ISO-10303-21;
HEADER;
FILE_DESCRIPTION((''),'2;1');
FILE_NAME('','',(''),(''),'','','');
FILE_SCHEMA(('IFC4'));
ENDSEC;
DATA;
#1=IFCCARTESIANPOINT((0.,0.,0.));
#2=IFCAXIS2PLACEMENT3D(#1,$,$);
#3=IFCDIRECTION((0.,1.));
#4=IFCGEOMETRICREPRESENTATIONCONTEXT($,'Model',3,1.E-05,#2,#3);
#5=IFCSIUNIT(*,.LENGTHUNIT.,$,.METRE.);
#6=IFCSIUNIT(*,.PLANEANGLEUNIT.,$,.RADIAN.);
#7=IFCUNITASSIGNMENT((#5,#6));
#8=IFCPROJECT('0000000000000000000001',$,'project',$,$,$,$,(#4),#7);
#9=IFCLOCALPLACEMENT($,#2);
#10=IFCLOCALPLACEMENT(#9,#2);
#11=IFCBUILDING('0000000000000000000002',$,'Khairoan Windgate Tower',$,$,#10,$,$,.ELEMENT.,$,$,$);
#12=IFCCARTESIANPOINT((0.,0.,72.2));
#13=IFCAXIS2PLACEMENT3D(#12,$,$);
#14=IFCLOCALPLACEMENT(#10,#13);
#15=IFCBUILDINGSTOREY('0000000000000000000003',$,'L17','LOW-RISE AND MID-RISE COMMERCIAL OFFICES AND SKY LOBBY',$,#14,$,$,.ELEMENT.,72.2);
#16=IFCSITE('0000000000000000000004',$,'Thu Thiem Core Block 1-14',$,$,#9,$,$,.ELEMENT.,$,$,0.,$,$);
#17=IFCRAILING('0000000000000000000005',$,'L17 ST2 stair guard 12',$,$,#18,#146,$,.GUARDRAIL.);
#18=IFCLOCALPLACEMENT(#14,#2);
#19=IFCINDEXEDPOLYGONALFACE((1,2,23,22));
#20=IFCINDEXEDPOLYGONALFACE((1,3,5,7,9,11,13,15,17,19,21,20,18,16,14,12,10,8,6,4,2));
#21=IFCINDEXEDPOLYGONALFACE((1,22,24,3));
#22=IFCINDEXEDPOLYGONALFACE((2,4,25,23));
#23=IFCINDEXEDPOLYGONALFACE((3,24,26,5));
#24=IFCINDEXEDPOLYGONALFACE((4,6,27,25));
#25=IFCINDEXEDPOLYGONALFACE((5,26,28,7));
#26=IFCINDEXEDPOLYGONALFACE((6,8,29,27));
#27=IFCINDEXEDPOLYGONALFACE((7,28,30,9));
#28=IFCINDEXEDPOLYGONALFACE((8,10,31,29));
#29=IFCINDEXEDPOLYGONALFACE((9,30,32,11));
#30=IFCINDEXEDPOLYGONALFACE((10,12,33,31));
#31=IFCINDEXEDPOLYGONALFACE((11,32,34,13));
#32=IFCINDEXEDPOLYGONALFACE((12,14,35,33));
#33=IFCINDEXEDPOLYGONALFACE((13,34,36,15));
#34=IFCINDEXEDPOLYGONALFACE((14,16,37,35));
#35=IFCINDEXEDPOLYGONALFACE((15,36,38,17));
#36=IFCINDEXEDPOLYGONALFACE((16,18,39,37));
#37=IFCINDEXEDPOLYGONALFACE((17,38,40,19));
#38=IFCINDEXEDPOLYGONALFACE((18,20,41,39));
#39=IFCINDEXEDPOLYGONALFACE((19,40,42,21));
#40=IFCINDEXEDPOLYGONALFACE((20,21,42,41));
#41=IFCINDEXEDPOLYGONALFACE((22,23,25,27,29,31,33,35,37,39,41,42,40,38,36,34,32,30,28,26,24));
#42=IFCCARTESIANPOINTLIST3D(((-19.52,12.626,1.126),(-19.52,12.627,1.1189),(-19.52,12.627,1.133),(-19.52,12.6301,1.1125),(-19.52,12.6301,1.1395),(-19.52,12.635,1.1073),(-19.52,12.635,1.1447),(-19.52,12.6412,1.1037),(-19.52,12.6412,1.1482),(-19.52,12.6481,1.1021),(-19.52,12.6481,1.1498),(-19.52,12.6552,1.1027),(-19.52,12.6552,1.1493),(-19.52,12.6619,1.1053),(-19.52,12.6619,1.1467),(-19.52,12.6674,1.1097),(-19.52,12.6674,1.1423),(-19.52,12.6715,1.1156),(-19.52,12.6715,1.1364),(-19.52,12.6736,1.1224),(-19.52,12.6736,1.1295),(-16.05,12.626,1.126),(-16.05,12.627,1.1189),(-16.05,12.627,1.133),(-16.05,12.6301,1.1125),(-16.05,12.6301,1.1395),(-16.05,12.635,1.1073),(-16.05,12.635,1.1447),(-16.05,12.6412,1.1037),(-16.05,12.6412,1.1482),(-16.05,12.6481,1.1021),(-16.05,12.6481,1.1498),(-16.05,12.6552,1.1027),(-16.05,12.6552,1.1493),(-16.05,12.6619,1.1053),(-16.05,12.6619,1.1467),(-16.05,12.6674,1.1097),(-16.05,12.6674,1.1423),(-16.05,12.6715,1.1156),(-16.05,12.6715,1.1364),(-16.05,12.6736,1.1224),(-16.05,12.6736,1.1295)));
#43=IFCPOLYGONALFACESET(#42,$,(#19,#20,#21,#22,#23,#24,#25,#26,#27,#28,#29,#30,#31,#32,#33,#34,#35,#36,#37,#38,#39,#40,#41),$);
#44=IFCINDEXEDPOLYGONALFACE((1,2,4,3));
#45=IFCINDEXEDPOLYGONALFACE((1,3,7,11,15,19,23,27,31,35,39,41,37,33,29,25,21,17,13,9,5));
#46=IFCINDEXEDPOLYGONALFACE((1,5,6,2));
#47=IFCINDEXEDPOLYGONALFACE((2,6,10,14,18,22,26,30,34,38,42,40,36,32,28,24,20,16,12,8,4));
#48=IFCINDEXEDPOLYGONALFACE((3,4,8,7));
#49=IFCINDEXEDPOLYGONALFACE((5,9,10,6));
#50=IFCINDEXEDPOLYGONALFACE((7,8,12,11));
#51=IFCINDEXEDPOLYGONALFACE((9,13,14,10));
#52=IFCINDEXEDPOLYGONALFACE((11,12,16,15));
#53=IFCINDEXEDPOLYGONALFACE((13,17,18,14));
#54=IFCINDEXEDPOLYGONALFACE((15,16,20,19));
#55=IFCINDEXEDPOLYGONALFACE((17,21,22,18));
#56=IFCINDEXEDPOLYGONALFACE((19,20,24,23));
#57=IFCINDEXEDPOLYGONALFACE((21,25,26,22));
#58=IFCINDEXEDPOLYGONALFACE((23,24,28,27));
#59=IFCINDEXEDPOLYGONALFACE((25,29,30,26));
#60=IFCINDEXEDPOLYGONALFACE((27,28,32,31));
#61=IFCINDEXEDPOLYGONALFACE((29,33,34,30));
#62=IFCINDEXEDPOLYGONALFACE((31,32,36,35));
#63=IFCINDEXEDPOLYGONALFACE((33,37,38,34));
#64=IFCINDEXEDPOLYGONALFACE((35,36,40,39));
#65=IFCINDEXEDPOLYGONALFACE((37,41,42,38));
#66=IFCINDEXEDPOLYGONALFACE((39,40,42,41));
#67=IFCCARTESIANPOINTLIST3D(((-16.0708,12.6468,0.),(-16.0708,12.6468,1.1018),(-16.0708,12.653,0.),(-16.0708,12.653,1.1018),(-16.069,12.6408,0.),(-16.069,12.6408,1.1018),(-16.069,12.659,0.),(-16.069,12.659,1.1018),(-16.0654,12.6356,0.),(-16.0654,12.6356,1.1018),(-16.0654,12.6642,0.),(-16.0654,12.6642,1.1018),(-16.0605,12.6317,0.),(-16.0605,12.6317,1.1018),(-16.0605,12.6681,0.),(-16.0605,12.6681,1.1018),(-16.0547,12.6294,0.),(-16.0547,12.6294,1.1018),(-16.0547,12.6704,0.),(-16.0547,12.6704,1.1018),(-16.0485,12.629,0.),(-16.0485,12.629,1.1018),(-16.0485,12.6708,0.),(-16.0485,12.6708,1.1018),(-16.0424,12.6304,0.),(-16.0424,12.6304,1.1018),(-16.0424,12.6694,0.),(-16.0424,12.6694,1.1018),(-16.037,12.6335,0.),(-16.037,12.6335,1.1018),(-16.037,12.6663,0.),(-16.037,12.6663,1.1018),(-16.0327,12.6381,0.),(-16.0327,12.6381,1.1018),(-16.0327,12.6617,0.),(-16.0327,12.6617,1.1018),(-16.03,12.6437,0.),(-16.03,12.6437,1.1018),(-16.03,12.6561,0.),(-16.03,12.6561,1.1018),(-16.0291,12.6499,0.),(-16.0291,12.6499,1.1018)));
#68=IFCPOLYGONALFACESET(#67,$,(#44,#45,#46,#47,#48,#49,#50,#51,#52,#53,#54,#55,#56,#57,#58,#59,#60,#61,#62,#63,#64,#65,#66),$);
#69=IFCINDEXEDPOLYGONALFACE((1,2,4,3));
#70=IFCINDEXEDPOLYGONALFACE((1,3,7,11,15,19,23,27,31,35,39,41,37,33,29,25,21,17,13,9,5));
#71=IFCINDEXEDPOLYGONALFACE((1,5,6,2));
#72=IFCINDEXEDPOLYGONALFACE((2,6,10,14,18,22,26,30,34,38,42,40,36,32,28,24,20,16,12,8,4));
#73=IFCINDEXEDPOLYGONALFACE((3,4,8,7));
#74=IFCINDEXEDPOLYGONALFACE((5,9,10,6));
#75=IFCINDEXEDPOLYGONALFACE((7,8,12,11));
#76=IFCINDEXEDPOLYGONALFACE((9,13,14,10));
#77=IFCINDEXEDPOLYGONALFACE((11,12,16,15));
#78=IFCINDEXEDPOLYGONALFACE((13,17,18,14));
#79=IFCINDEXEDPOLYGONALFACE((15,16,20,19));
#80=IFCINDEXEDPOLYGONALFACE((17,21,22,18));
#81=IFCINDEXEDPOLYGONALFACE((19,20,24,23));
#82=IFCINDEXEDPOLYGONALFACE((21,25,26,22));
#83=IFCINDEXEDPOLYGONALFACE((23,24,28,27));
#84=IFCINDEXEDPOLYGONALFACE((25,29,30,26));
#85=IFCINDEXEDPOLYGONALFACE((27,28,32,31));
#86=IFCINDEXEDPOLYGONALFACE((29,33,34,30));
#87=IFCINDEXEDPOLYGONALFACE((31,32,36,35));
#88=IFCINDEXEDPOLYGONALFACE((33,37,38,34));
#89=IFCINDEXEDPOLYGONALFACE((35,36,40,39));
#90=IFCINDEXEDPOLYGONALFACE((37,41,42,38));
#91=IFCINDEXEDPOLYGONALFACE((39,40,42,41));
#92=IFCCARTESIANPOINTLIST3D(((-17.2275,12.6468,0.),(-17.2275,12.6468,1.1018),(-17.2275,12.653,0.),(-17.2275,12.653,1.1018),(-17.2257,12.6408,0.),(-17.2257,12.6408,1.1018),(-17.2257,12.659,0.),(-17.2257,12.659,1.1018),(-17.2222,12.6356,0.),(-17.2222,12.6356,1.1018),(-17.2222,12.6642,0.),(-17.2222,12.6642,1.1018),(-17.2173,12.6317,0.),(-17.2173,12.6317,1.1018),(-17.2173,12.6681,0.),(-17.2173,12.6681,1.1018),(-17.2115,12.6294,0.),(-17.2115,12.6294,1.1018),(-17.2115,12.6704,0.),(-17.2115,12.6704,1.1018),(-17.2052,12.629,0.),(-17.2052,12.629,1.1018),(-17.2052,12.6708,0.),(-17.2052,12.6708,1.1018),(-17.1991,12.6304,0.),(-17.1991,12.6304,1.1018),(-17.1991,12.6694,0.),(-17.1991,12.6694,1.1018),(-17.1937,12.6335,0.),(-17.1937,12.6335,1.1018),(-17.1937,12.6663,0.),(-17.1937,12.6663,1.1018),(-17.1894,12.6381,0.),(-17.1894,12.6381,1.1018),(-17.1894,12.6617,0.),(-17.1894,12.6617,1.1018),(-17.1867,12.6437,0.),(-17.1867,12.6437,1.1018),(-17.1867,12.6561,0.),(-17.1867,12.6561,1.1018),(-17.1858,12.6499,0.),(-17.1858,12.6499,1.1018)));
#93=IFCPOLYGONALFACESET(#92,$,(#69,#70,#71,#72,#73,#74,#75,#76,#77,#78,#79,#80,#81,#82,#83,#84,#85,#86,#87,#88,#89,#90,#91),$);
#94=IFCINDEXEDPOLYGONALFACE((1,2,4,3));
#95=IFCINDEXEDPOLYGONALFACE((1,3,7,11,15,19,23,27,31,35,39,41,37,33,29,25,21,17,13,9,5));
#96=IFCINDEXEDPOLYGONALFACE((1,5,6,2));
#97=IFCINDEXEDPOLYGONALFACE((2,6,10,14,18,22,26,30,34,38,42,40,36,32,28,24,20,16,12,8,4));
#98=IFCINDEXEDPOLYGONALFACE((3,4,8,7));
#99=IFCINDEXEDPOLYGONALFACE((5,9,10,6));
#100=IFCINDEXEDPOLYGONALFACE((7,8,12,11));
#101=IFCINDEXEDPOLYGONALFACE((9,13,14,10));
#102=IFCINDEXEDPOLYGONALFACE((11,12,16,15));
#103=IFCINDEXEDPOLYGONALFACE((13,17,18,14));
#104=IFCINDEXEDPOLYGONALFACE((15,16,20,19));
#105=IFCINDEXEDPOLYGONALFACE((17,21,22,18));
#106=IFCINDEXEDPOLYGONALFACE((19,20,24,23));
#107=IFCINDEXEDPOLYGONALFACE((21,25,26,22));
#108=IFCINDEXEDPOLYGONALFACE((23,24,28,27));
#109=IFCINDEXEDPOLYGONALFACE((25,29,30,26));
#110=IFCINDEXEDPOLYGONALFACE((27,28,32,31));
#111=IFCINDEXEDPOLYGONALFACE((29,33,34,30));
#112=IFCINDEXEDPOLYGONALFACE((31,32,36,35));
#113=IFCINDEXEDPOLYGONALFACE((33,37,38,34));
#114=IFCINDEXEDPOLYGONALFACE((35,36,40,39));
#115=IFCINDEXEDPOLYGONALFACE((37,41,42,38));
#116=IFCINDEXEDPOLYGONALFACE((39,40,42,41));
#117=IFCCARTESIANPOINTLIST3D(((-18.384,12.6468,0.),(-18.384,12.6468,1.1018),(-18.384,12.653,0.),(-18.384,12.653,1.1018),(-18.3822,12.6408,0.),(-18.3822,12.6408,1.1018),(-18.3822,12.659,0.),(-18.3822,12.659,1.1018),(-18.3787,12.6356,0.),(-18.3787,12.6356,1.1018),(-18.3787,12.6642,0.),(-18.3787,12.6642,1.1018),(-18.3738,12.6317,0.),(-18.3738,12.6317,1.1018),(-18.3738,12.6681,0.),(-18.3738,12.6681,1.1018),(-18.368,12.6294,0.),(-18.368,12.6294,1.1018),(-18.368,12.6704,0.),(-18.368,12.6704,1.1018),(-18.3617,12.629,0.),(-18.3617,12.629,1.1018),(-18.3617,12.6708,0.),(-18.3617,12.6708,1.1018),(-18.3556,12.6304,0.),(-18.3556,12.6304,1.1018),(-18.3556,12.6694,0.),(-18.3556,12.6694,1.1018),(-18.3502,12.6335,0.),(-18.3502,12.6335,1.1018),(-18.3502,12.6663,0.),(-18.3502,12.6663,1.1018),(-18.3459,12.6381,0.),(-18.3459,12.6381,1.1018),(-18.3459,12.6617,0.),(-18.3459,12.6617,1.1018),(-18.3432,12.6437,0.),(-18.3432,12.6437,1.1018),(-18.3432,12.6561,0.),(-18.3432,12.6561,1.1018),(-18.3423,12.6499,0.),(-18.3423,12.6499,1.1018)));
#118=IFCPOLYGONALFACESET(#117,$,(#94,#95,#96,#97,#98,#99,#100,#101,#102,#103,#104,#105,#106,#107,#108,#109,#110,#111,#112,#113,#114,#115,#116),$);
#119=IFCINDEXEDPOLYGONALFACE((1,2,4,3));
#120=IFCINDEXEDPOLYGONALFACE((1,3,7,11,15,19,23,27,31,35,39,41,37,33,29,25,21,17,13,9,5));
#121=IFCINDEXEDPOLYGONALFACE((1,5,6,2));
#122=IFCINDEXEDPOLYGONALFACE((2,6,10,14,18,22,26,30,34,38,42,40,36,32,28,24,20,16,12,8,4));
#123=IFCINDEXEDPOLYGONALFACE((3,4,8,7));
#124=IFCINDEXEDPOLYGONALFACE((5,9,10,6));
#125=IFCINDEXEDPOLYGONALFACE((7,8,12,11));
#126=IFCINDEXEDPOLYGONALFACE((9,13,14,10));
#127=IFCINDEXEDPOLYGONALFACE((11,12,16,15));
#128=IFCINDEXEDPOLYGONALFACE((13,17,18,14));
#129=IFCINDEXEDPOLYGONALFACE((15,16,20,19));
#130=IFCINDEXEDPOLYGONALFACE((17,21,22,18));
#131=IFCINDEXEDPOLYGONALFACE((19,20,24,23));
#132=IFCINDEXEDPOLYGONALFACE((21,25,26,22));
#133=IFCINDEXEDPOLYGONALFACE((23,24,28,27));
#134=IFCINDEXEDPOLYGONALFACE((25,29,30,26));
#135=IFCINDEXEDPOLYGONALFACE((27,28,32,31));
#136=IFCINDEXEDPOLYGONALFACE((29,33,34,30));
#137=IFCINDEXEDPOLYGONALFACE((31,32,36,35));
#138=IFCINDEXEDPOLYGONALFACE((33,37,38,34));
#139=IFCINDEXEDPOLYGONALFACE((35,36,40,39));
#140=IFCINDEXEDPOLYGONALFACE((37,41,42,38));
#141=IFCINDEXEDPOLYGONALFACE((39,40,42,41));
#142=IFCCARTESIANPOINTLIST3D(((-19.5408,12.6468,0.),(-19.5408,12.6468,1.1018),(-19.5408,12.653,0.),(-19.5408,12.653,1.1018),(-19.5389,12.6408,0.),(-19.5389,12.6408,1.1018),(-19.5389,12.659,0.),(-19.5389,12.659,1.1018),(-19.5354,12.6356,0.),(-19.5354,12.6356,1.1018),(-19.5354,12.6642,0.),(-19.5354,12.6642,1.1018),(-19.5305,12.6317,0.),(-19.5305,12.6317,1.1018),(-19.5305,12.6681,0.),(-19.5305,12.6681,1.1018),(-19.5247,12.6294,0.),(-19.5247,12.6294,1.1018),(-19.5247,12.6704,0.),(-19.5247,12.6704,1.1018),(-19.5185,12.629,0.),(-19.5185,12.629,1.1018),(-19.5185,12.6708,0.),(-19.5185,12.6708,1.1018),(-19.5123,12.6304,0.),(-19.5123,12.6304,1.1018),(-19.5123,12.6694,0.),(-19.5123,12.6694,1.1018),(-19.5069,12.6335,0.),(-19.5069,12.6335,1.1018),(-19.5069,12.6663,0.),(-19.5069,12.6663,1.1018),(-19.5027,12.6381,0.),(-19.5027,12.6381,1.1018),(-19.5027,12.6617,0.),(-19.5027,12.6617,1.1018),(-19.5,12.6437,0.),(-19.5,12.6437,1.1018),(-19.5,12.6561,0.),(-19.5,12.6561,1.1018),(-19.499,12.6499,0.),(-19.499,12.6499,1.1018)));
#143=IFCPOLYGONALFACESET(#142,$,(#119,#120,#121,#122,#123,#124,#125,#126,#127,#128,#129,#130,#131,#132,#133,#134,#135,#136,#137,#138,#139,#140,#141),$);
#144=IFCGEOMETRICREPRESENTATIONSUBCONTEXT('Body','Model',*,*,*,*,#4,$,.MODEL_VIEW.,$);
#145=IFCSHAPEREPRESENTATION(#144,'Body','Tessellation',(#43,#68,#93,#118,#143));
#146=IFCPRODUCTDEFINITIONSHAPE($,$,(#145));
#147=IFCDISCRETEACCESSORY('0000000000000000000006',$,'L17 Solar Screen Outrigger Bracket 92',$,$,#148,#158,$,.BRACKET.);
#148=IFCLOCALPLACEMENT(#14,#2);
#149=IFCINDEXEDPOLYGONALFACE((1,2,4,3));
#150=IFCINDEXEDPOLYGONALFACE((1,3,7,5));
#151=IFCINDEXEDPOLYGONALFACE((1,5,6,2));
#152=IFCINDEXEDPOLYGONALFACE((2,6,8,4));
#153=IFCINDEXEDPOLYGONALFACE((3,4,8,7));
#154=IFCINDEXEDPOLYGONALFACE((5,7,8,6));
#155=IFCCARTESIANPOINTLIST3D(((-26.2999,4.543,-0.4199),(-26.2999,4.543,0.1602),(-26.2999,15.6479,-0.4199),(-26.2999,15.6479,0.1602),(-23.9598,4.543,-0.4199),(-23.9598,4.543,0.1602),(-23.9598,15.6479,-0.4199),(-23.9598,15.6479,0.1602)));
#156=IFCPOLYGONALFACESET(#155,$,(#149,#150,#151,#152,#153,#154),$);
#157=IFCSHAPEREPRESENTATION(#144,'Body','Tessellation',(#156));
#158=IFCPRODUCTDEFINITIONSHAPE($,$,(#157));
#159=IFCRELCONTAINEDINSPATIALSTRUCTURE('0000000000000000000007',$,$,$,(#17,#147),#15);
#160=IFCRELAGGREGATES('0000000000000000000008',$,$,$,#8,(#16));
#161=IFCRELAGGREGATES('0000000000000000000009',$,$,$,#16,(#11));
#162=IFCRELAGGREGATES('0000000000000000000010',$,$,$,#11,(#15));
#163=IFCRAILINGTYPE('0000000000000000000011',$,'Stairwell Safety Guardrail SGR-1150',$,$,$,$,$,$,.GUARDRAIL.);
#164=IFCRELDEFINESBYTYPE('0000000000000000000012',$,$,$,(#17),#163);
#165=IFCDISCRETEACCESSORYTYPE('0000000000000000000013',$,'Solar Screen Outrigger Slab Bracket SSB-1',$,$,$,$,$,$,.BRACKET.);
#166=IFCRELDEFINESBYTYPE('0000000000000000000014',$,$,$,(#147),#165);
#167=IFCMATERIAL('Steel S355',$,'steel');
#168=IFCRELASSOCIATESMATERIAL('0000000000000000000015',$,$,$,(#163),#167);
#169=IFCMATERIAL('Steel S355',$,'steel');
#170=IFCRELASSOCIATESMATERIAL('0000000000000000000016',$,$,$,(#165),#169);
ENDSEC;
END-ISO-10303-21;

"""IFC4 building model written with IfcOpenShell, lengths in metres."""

from ifc_helpers import new_model, si_unit, direction, frame, origin, origin_2d, place, context, subcontext, project, spatial, rectangle, circle, extrude, material, type_object, element, save


model = new_model("IFC4")

# Units and contexts
model_context = context("Model", 3, precision=1e-05, world=origin(), true_north=direction((0.0, 1.0)))
body_context = subcontext(model_context, "Body", "Model", "MODEL_VIEW")
ifc_project = project(units=[si_unit("LENGTHUNIT", "METRE"), si_unit("PLANEANGLEUNIT", "RADIAN")], contexts=[model_context])

# Site, building, storey
site_placement = place(None, origin())
site = spatial("IfcSite", under=ifc_project, at=site_placement, Name="Thu Thiem Core Block 1-14", CompositionType="ELEMENT", RefElevation=0.0)
building_placement = place(site_placement, origin())
building = spatial("IfcBuilding", under=site, at=building_placement, Name="Khairoan Windgate Tower", CompositionType="ELEMENT")
storey_placement = place(building_placement, frame((0.0, 0.0, 72.2)))
storey = spatial("IfcBuildingStorey", under=building, at=storey_placement, Name="L17", Description="LOW-RISE AND MID-RISE COMMERCIAL OFFICES AND SKY LOBBY", CompositionType="ELEMENT", Elevation=72.2)

# Railing
ifc_material_1 = material(Name="Steel S355", Category="steel")
railing_type = type_object("IfcRailingType", Name="Stairwell Safety Guardrail SGR-1150", PredefinedType="GUARDRAIL", material=ifc_material_1)
railing_1_placement = place(storey_placement, frame((-16.05, 12.6499, 0.0)))
element("IfcRailing", 1, at=railing_1_placement, inside=storey, type_object=railing_type, Name="L17 ST2 stair guard 12", PredefinedType="GUARDRAIL", context=body_context, shape_type="SweptSolid", body=[
    extrude(circle(Radius=0.0239, at=origin_2d()), frame((0.0, 0.0, 1.126), z_axis=(-1.0, 0.0, 0.0), x_axis=(0.0, -1.0, 0.0)), (0.0, 0.0, 1.0), 3.47),
    extrude(circle(Radius=0.021, at=origin_2d()), origin(), (0.0, 0.0, 1.0), 1.1018),
    extrude(circle(Radius=0.021, at=origin_2d()), frame((-1.1567, 0.0, 0.0)), (0.0, 0.0, 1.0), 1.1018),
    extrude(circle(Radius=0.021, at=origin_2d()), frame((-2.3132, 0.0, 0.0)), (0.0, 0.0, 1.0), 1.1018),
    extrude(circle(Radius=0.021, at=origin_2d()), frame((-3.47, 0.0, 0.0)), (0.0, 0.0, 1.0), 1.1018),
])

# Discrete accessory
ifc_material_2 = material(Name="Steel S355", Category="steel")
discrete_accessory_type = type_object("IfcDiscreteAccessoryType", Name="Solar Screen Outrigger Slab Bracket SSB-1", PredefinedType="BRACKET", material=ifc_material_2)
discrete_accessory_placement = place(storey_placement, frame((-25.1299, 10.0955, -0.4199), z_axis=(0.0, 0.0, 1.0), x_axis=(0.0, 1.0, 0.0)))
element("IfcDiscreteAccessory", 2, at=discrete_accessory_placement, inside=storey, type_object=discrete_accessory_type, Name="L17 Solar Screen Outrigger Bracket 92", PredefinedType="BRACKET", context=body_context, shape_type="SweptSolid", body=[
    extrude(rectangle(XDim=11.105, YDim=2.3401, at=origin_2d()), origin(), (0.0, 0.0, 1.0), 0.5801),
])

save(model, "model.ifc")
